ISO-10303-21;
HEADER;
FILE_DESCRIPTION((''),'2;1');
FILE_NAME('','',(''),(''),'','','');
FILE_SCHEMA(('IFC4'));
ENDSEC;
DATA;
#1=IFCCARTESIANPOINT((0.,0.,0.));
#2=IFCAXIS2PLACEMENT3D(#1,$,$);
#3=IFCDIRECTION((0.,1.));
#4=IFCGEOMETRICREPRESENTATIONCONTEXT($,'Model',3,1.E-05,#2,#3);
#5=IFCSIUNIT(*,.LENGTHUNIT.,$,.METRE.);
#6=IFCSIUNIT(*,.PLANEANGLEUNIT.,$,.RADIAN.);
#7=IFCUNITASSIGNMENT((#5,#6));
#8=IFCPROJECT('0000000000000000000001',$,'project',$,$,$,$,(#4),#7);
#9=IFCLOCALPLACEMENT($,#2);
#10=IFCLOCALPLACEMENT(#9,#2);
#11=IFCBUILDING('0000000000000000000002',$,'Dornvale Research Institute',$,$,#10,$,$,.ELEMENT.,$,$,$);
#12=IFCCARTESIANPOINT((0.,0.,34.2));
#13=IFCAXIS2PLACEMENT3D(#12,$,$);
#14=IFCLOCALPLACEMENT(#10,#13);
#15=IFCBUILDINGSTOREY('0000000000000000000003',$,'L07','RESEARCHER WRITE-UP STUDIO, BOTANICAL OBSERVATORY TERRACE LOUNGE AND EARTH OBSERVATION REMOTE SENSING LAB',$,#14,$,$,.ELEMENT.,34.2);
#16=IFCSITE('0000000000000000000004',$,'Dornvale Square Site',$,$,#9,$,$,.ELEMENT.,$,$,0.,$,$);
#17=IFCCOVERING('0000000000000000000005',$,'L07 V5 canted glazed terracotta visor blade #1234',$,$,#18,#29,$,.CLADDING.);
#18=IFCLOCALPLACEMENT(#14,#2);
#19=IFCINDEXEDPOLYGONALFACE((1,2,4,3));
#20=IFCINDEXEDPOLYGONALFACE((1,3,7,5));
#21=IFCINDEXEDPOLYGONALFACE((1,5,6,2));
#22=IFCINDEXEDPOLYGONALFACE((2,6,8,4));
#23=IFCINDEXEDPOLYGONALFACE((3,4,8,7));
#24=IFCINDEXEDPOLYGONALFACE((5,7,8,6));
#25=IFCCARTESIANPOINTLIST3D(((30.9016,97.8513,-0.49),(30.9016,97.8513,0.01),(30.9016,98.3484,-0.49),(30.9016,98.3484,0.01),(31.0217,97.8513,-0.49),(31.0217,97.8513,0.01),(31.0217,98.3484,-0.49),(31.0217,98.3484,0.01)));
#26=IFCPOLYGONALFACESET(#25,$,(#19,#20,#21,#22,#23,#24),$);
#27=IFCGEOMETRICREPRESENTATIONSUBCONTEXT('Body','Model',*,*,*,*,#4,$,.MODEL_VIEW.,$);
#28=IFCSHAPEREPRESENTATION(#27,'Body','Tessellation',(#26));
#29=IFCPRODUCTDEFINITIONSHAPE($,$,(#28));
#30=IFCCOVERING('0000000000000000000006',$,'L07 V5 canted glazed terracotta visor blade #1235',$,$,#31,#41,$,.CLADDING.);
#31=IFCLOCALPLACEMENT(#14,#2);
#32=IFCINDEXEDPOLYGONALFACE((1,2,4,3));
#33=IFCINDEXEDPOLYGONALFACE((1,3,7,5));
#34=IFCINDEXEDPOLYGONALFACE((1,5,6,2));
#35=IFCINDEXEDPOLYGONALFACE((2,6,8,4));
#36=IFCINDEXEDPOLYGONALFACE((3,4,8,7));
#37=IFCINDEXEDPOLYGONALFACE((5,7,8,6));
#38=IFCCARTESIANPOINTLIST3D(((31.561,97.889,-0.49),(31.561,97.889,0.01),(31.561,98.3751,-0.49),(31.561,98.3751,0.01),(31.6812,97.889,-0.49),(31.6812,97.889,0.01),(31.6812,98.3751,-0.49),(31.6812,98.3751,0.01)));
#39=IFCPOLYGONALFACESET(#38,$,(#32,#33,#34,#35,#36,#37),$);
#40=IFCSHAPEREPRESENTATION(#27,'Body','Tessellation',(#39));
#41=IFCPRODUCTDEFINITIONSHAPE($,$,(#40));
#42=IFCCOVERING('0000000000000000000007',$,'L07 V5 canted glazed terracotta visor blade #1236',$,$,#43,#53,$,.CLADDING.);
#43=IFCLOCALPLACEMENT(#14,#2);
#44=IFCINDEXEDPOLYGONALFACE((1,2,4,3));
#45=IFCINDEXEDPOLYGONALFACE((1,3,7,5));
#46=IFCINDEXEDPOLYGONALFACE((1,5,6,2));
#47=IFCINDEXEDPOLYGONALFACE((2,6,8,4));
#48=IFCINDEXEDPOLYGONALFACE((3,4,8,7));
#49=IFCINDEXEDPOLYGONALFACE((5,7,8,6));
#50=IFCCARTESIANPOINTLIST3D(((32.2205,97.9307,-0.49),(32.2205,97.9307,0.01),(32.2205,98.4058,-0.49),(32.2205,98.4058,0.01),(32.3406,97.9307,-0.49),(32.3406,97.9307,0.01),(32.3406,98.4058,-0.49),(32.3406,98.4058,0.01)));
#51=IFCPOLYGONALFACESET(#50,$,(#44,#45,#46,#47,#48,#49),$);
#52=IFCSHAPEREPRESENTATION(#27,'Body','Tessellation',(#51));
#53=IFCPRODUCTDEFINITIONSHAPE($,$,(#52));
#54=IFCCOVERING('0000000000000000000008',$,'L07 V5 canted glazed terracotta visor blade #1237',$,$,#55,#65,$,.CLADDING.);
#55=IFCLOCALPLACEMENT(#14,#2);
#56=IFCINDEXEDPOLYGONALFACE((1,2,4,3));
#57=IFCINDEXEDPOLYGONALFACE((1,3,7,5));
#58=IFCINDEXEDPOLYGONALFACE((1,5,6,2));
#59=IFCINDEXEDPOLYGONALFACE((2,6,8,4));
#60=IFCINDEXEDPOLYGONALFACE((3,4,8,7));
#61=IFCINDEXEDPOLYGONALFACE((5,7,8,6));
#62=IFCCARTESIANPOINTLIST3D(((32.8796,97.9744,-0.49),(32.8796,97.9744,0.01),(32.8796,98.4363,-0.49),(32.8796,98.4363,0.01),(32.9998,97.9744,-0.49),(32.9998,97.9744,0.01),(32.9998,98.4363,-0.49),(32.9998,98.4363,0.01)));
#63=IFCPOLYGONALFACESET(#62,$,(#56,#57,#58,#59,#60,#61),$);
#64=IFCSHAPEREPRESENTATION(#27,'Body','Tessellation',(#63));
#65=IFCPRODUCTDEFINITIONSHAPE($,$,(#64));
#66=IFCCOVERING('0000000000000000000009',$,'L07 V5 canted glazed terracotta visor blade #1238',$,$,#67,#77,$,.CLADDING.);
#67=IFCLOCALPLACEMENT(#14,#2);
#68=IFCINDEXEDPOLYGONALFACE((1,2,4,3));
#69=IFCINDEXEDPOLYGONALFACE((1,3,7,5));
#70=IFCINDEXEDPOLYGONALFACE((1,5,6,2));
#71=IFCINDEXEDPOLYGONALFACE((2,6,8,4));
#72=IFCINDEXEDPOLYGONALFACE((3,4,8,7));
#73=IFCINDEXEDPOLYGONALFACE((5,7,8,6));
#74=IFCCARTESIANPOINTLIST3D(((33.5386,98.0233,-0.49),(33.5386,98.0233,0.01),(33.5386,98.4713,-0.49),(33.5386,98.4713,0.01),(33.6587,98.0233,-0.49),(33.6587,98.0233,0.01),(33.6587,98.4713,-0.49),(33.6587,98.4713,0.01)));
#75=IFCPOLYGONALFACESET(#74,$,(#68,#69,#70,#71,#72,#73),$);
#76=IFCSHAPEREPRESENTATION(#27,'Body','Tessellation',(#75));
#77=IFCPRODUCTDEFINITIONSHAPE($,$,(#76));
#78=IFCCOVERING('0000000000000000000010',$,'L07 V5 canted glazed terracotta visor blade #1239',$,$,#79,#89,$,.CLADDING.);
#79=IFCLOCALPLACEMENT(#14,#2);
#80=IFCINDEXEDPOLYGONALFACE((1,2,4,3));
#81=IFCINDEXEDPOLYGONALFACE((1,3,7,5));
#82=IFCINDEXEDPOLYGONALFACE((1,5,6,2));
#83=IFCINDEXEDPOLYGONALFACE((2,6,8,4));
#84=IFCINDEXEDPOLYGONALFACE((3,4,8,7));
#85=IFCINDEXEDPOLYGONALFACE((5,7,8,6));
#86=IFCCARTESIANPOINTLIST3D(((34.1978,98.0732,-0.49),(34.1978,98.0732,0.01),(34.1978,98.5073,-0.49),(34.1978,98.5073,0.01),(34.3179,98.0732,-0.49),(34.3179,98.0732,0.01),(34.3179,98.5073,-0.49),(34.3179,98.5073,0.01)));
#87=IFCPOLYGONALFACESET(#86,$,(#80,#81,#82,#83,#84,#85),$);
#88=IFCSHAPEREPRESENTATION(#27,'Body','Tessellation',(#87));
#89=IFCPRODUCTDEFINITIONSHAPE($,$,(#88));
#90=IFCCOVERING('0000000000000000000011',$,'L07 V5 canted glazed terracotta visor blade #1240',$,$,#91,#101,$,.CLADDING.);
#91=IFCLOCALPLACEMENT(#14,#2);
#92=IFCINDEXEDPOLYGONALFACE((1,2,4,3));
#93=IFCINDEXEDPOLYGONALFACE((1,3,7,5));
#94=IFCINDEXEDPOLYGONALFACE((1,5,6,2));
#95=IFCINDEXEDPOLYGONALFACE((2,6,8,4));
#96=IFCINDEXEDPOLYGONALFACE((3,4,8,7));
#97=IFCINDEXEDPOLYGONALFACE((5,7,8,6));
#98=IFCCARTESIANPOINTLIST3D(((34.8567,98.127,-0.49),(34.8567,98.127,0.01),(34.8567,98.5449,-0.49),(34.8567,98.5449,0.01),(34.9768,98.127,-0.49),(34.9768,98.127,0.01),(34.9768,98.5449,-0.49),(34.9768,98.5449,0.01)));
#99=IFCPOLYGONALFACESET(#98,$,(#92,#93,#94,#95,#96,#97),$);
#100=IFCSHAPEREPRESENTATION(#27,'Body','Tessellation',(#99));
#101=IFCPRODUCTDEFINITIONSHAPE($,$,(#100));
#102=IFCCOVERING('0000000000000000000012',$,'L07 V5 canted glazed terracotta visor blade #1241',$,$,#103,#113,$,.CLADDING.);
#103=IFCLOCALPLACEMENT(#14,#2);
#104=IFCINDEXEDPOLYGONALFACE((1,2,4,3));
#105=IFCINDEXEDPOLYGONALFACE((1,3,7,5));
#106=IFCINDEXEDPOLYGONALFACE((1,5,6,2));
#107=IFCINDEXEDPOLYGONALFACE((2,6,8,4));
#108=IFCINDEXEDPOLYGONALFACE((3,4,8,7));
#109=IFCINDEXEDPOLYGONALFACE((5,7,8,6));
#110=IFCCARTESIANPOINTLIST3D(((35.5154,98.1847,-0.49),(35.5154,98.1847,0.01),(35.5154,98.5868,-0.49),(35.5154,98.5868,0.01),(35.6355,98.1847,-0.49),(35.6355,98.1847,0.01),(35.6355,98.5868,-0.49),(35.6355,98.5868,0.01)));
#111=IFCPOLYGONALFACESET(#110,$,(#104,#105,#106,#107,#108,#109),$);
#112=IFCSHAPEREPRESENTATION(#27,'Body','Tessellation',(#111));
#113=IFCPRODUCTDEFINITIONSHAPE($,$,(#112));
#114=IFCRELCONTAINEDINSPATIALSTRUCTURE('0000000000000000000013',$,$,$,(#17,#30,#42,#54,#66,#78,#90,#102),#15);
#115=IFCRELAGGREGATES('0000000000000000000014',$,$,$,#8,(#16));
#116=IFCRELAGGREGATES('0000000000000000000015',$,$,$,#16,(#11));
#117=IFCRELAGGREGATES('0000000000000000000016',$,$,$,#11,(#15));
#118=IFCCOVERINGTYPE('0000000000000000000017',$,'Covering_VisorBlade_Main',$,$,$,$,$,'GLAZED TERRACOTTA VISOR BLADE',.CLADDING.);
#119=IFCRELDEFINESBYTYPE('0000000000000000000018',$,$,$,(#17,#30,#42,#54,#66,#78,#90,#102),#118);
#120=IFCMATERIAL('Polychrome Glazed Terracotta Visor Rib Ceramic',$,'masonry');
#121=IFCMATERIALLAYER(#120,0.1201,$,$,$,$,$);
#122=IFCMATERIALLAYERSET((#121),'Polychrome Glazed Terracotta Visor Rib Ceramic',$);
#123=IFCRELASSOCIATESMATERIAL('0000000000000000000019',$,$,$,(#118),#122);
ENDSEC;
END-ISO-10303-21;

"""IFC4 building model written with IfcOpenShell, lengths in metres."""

from ifc_helpers import new_model, si_unit, direction, frame, origin, origin_2d, place, context, subcontext, project, spatial, rectangle, extrude, material, layer, layer_set, type_object, element, save


model = new_model("IFC4")

# Units and contexts
model_context = context("Model", 3, precision=1e-05, world=origin(), true_north=direction((0.0, 1.0)))
body_context = subcontext(model_context, "Body", "Model", "MODEL_VIEW")
ifc_project = project(units=[si_unit("LENGTHUNIT", "METRE"), si_unit("PLANEANGLEUNIT", "RADIAN")], contexts=[model_context])

# Site, building, storey
site_placement = place(None, origin())
site = spatial("IfcSite", under=ifc_project, at=site_placement, Name="Dornvale Square Site", CompositionType="ELEMENT", RefElevation=0.0)
building_placement = place(site_placement, origin())
building = spatial("IfcBuilding", under=site, at=building_placement, Name="Dornvale Research Institute", CompositionType="ELEMENT")
storey_placement = place(building_placement, frame((0.0, 0.0, 34.2)))
storey = spatial("IfcBuildingStorey", under=building, at=storey_placement, Name="L07", Description="RESEARCHER WRITE-UP STUDIO, BOTANICAL OBSERVATORY TERRACE LOUNGE AND EARTH OBSERVATION REMOTE SENSING LAB", CompositionType="ELEMENT", Elevation=34.2)

# Coverings
ifc_material_1 = material(Name="Polychrome Glazed Terracotta Visor Rib Ceramic", Category="masonry")
ifc_layer_1 = layer(ifc_material_1, 0.1201)
ifc_layer_set_1 = layer_set([ifc_layer_1], Name="Polychrome Glazed Terracotta Visor Rib Ceramic")
covering_type = type_object("IfcCoveringType", Name="Covering_VisorBlade_Main", ElementType="GLAZED TERRACOTTA VISOR BLADE", PredefinedType="CLADDING", material=ifc_layer_set_1)
covering_1_placement = place(storey_placement, frame((30.9617, 98.0999, -0.49), z_axis=(0.0, 0.0, 1.0), x_axis=(0.0, 1.0, 0.0)))
element("IfcCovering", 1, at=covering_1_placement, inside=storey, type_object=covering_type, Name="L07 V5 canted glazed terracotta visor blade #1234", PredefinedType="CLADDING", context=body_context, shape_type="SweptSolid", body=[
    extrude(rectangle(XDim=0.4971, YDim=0.1201, at=origin_2d()), origin(), (0.0, 0.0, 1.0), 0.5),
])
covering_2_placement = place(storey_placement, frame((31.6211, 98.1321, -0.49), z_axis=(0.0, 0.0, 1.0), x_axis=(0.0, 1.0, 0.0)))
element("IfcCovering", 2, at=covering_2_placement, inside=storey, type_object=covering_type, Name="L07 V5 canted glazed terracotta visor blade #1235", PredefinedType="CLADDING", context=body_context, shape_type="SweptSolid", body=[
    extrude(rectangle(XDim=0.4861, YDim=0.1201, at=origin_2d()), origin(), (0.0, 0.0, 1.0), 0.5),
])
covering_3_placement = place(storey_placement, frame((32.2805, 98.1682, -0.49), z_axis=(0.0, 0.0, 1.0), x_axis=(0.0, 1.0, 0.0)))
element("IfcCovering", 3, at=covering_3_placement, inside=storey, type_object=covering_type, Name="L07 V5 canted glazed terracotta visor blade #1236", PredefinedType="CLADDING", context=body_context, shape_type="SweptSolid", body=[
    extrude(rectangle(XDim=0.4751, YDim=0.1201, at=origin_2d()), origin(), (0.0, 0.0, 1.0), 0.5),
])
covering_4_placement = place(storey_placement, frame((32.9397, 98.2053, -0.49), z_axis=(0.0, 0.0, 1.0), x_axis=(0.0, 1.0, 0.0)))
element("IfcCovering", 4, at=covering_4_placement, inside=storey, type_object=covering_type, Name="L07 V5 canted glazed terracotta visor blade #1237", PredefinedType="CLADDING", context=body_context, shape_type="SweptSolid", body=[
    extrude(rectangle(XDim=0.4619, YDim=0.1201, at=origin_2d()), origin(), (0.0, 0.0, 1.0), 0.5),
])
covering_5_placement = place(storey_placement, frame((33.5986, 98.2473, -0.49), z_axis=(0.0, 0.0, 1.0), x_axis=(0.0, 1.0, 0.0)))
element("IfcCovering", 5, at=covering_5_placement, inside=storey, type_object=covering_type, Name="L07 V5 canted glazed terracotta visor blade #1238", PredefinedType="CLADDING", context=body_context, shape_type="SweptSolid", body=[
    extrude(rectangle(XDim=0.448, YDim=0.1201, at=origin_2d()), origin(), (0.0, 0.0, 1.0), 0.5),
])
covering_6_placement = place(storey_placement, frame((34.2578, 98.2903, -0.49), z_axis=(0.0, 0.0, 1.0), x_axis=(0.0, 1.0, 0.0)))
element("IfcCovering", 6, at=covering_6_placement, inside=storey, type_object=covering_type, Name="L07 V5 canted glazed terracotta visor blade #1239", PredefinedType="CLADDING", context=body_context, shape_type="SweptSolid", body=[
    extrude(rectangle(XDim=0.4341, YDim=0.1201, at=origin_2d()), origin(), (0.0, 0.0, 1.0), 0.5),
])
covering_7_placement = place(storey_placement, frame((34.9167, 98.3359, -0.49), z_axis=(0.0, 0.0, 1.0), x_axis=(0.0, 1.0, 0.0)))
element("IfcCovering", 7, at=covering_7_placement, inside=storey, type_object=covering_type, Name="L07 V5 canted glazed terracotta visor blade #1240", PredefinedType="CLADDING", context=body_context, shape_type="SweptSolid", body=[
    extrude(rectangle(XDim=0.418, YDim=0.1201, at=origin_2d()), origin(), (0.0, 0.0, 1.0), 0.5),
])
covering_8_placement = place(storey_placement, frame((35.5754, 98.3857, -0.49), z_axis=(0.0, 0.0, 1.0), x_axis=(0.0, 1.0, 0.0)))
element("IfcCovering", 8, at=covering_8_placement, inside=storey, type_object=covering_type, Name="L07 V5 canted glazed terracotta visor blade #1241", PredefinedType="CLADDING", context=body_context, shape_type="SweptSolid", body=[
    extrude(rectangle(XDim=0.4021, YDim=0.1201, at=origin_2d()), origin(), (0.0, 0.0, 1.0), 0.5),
])

save(model, "model.ifc")
